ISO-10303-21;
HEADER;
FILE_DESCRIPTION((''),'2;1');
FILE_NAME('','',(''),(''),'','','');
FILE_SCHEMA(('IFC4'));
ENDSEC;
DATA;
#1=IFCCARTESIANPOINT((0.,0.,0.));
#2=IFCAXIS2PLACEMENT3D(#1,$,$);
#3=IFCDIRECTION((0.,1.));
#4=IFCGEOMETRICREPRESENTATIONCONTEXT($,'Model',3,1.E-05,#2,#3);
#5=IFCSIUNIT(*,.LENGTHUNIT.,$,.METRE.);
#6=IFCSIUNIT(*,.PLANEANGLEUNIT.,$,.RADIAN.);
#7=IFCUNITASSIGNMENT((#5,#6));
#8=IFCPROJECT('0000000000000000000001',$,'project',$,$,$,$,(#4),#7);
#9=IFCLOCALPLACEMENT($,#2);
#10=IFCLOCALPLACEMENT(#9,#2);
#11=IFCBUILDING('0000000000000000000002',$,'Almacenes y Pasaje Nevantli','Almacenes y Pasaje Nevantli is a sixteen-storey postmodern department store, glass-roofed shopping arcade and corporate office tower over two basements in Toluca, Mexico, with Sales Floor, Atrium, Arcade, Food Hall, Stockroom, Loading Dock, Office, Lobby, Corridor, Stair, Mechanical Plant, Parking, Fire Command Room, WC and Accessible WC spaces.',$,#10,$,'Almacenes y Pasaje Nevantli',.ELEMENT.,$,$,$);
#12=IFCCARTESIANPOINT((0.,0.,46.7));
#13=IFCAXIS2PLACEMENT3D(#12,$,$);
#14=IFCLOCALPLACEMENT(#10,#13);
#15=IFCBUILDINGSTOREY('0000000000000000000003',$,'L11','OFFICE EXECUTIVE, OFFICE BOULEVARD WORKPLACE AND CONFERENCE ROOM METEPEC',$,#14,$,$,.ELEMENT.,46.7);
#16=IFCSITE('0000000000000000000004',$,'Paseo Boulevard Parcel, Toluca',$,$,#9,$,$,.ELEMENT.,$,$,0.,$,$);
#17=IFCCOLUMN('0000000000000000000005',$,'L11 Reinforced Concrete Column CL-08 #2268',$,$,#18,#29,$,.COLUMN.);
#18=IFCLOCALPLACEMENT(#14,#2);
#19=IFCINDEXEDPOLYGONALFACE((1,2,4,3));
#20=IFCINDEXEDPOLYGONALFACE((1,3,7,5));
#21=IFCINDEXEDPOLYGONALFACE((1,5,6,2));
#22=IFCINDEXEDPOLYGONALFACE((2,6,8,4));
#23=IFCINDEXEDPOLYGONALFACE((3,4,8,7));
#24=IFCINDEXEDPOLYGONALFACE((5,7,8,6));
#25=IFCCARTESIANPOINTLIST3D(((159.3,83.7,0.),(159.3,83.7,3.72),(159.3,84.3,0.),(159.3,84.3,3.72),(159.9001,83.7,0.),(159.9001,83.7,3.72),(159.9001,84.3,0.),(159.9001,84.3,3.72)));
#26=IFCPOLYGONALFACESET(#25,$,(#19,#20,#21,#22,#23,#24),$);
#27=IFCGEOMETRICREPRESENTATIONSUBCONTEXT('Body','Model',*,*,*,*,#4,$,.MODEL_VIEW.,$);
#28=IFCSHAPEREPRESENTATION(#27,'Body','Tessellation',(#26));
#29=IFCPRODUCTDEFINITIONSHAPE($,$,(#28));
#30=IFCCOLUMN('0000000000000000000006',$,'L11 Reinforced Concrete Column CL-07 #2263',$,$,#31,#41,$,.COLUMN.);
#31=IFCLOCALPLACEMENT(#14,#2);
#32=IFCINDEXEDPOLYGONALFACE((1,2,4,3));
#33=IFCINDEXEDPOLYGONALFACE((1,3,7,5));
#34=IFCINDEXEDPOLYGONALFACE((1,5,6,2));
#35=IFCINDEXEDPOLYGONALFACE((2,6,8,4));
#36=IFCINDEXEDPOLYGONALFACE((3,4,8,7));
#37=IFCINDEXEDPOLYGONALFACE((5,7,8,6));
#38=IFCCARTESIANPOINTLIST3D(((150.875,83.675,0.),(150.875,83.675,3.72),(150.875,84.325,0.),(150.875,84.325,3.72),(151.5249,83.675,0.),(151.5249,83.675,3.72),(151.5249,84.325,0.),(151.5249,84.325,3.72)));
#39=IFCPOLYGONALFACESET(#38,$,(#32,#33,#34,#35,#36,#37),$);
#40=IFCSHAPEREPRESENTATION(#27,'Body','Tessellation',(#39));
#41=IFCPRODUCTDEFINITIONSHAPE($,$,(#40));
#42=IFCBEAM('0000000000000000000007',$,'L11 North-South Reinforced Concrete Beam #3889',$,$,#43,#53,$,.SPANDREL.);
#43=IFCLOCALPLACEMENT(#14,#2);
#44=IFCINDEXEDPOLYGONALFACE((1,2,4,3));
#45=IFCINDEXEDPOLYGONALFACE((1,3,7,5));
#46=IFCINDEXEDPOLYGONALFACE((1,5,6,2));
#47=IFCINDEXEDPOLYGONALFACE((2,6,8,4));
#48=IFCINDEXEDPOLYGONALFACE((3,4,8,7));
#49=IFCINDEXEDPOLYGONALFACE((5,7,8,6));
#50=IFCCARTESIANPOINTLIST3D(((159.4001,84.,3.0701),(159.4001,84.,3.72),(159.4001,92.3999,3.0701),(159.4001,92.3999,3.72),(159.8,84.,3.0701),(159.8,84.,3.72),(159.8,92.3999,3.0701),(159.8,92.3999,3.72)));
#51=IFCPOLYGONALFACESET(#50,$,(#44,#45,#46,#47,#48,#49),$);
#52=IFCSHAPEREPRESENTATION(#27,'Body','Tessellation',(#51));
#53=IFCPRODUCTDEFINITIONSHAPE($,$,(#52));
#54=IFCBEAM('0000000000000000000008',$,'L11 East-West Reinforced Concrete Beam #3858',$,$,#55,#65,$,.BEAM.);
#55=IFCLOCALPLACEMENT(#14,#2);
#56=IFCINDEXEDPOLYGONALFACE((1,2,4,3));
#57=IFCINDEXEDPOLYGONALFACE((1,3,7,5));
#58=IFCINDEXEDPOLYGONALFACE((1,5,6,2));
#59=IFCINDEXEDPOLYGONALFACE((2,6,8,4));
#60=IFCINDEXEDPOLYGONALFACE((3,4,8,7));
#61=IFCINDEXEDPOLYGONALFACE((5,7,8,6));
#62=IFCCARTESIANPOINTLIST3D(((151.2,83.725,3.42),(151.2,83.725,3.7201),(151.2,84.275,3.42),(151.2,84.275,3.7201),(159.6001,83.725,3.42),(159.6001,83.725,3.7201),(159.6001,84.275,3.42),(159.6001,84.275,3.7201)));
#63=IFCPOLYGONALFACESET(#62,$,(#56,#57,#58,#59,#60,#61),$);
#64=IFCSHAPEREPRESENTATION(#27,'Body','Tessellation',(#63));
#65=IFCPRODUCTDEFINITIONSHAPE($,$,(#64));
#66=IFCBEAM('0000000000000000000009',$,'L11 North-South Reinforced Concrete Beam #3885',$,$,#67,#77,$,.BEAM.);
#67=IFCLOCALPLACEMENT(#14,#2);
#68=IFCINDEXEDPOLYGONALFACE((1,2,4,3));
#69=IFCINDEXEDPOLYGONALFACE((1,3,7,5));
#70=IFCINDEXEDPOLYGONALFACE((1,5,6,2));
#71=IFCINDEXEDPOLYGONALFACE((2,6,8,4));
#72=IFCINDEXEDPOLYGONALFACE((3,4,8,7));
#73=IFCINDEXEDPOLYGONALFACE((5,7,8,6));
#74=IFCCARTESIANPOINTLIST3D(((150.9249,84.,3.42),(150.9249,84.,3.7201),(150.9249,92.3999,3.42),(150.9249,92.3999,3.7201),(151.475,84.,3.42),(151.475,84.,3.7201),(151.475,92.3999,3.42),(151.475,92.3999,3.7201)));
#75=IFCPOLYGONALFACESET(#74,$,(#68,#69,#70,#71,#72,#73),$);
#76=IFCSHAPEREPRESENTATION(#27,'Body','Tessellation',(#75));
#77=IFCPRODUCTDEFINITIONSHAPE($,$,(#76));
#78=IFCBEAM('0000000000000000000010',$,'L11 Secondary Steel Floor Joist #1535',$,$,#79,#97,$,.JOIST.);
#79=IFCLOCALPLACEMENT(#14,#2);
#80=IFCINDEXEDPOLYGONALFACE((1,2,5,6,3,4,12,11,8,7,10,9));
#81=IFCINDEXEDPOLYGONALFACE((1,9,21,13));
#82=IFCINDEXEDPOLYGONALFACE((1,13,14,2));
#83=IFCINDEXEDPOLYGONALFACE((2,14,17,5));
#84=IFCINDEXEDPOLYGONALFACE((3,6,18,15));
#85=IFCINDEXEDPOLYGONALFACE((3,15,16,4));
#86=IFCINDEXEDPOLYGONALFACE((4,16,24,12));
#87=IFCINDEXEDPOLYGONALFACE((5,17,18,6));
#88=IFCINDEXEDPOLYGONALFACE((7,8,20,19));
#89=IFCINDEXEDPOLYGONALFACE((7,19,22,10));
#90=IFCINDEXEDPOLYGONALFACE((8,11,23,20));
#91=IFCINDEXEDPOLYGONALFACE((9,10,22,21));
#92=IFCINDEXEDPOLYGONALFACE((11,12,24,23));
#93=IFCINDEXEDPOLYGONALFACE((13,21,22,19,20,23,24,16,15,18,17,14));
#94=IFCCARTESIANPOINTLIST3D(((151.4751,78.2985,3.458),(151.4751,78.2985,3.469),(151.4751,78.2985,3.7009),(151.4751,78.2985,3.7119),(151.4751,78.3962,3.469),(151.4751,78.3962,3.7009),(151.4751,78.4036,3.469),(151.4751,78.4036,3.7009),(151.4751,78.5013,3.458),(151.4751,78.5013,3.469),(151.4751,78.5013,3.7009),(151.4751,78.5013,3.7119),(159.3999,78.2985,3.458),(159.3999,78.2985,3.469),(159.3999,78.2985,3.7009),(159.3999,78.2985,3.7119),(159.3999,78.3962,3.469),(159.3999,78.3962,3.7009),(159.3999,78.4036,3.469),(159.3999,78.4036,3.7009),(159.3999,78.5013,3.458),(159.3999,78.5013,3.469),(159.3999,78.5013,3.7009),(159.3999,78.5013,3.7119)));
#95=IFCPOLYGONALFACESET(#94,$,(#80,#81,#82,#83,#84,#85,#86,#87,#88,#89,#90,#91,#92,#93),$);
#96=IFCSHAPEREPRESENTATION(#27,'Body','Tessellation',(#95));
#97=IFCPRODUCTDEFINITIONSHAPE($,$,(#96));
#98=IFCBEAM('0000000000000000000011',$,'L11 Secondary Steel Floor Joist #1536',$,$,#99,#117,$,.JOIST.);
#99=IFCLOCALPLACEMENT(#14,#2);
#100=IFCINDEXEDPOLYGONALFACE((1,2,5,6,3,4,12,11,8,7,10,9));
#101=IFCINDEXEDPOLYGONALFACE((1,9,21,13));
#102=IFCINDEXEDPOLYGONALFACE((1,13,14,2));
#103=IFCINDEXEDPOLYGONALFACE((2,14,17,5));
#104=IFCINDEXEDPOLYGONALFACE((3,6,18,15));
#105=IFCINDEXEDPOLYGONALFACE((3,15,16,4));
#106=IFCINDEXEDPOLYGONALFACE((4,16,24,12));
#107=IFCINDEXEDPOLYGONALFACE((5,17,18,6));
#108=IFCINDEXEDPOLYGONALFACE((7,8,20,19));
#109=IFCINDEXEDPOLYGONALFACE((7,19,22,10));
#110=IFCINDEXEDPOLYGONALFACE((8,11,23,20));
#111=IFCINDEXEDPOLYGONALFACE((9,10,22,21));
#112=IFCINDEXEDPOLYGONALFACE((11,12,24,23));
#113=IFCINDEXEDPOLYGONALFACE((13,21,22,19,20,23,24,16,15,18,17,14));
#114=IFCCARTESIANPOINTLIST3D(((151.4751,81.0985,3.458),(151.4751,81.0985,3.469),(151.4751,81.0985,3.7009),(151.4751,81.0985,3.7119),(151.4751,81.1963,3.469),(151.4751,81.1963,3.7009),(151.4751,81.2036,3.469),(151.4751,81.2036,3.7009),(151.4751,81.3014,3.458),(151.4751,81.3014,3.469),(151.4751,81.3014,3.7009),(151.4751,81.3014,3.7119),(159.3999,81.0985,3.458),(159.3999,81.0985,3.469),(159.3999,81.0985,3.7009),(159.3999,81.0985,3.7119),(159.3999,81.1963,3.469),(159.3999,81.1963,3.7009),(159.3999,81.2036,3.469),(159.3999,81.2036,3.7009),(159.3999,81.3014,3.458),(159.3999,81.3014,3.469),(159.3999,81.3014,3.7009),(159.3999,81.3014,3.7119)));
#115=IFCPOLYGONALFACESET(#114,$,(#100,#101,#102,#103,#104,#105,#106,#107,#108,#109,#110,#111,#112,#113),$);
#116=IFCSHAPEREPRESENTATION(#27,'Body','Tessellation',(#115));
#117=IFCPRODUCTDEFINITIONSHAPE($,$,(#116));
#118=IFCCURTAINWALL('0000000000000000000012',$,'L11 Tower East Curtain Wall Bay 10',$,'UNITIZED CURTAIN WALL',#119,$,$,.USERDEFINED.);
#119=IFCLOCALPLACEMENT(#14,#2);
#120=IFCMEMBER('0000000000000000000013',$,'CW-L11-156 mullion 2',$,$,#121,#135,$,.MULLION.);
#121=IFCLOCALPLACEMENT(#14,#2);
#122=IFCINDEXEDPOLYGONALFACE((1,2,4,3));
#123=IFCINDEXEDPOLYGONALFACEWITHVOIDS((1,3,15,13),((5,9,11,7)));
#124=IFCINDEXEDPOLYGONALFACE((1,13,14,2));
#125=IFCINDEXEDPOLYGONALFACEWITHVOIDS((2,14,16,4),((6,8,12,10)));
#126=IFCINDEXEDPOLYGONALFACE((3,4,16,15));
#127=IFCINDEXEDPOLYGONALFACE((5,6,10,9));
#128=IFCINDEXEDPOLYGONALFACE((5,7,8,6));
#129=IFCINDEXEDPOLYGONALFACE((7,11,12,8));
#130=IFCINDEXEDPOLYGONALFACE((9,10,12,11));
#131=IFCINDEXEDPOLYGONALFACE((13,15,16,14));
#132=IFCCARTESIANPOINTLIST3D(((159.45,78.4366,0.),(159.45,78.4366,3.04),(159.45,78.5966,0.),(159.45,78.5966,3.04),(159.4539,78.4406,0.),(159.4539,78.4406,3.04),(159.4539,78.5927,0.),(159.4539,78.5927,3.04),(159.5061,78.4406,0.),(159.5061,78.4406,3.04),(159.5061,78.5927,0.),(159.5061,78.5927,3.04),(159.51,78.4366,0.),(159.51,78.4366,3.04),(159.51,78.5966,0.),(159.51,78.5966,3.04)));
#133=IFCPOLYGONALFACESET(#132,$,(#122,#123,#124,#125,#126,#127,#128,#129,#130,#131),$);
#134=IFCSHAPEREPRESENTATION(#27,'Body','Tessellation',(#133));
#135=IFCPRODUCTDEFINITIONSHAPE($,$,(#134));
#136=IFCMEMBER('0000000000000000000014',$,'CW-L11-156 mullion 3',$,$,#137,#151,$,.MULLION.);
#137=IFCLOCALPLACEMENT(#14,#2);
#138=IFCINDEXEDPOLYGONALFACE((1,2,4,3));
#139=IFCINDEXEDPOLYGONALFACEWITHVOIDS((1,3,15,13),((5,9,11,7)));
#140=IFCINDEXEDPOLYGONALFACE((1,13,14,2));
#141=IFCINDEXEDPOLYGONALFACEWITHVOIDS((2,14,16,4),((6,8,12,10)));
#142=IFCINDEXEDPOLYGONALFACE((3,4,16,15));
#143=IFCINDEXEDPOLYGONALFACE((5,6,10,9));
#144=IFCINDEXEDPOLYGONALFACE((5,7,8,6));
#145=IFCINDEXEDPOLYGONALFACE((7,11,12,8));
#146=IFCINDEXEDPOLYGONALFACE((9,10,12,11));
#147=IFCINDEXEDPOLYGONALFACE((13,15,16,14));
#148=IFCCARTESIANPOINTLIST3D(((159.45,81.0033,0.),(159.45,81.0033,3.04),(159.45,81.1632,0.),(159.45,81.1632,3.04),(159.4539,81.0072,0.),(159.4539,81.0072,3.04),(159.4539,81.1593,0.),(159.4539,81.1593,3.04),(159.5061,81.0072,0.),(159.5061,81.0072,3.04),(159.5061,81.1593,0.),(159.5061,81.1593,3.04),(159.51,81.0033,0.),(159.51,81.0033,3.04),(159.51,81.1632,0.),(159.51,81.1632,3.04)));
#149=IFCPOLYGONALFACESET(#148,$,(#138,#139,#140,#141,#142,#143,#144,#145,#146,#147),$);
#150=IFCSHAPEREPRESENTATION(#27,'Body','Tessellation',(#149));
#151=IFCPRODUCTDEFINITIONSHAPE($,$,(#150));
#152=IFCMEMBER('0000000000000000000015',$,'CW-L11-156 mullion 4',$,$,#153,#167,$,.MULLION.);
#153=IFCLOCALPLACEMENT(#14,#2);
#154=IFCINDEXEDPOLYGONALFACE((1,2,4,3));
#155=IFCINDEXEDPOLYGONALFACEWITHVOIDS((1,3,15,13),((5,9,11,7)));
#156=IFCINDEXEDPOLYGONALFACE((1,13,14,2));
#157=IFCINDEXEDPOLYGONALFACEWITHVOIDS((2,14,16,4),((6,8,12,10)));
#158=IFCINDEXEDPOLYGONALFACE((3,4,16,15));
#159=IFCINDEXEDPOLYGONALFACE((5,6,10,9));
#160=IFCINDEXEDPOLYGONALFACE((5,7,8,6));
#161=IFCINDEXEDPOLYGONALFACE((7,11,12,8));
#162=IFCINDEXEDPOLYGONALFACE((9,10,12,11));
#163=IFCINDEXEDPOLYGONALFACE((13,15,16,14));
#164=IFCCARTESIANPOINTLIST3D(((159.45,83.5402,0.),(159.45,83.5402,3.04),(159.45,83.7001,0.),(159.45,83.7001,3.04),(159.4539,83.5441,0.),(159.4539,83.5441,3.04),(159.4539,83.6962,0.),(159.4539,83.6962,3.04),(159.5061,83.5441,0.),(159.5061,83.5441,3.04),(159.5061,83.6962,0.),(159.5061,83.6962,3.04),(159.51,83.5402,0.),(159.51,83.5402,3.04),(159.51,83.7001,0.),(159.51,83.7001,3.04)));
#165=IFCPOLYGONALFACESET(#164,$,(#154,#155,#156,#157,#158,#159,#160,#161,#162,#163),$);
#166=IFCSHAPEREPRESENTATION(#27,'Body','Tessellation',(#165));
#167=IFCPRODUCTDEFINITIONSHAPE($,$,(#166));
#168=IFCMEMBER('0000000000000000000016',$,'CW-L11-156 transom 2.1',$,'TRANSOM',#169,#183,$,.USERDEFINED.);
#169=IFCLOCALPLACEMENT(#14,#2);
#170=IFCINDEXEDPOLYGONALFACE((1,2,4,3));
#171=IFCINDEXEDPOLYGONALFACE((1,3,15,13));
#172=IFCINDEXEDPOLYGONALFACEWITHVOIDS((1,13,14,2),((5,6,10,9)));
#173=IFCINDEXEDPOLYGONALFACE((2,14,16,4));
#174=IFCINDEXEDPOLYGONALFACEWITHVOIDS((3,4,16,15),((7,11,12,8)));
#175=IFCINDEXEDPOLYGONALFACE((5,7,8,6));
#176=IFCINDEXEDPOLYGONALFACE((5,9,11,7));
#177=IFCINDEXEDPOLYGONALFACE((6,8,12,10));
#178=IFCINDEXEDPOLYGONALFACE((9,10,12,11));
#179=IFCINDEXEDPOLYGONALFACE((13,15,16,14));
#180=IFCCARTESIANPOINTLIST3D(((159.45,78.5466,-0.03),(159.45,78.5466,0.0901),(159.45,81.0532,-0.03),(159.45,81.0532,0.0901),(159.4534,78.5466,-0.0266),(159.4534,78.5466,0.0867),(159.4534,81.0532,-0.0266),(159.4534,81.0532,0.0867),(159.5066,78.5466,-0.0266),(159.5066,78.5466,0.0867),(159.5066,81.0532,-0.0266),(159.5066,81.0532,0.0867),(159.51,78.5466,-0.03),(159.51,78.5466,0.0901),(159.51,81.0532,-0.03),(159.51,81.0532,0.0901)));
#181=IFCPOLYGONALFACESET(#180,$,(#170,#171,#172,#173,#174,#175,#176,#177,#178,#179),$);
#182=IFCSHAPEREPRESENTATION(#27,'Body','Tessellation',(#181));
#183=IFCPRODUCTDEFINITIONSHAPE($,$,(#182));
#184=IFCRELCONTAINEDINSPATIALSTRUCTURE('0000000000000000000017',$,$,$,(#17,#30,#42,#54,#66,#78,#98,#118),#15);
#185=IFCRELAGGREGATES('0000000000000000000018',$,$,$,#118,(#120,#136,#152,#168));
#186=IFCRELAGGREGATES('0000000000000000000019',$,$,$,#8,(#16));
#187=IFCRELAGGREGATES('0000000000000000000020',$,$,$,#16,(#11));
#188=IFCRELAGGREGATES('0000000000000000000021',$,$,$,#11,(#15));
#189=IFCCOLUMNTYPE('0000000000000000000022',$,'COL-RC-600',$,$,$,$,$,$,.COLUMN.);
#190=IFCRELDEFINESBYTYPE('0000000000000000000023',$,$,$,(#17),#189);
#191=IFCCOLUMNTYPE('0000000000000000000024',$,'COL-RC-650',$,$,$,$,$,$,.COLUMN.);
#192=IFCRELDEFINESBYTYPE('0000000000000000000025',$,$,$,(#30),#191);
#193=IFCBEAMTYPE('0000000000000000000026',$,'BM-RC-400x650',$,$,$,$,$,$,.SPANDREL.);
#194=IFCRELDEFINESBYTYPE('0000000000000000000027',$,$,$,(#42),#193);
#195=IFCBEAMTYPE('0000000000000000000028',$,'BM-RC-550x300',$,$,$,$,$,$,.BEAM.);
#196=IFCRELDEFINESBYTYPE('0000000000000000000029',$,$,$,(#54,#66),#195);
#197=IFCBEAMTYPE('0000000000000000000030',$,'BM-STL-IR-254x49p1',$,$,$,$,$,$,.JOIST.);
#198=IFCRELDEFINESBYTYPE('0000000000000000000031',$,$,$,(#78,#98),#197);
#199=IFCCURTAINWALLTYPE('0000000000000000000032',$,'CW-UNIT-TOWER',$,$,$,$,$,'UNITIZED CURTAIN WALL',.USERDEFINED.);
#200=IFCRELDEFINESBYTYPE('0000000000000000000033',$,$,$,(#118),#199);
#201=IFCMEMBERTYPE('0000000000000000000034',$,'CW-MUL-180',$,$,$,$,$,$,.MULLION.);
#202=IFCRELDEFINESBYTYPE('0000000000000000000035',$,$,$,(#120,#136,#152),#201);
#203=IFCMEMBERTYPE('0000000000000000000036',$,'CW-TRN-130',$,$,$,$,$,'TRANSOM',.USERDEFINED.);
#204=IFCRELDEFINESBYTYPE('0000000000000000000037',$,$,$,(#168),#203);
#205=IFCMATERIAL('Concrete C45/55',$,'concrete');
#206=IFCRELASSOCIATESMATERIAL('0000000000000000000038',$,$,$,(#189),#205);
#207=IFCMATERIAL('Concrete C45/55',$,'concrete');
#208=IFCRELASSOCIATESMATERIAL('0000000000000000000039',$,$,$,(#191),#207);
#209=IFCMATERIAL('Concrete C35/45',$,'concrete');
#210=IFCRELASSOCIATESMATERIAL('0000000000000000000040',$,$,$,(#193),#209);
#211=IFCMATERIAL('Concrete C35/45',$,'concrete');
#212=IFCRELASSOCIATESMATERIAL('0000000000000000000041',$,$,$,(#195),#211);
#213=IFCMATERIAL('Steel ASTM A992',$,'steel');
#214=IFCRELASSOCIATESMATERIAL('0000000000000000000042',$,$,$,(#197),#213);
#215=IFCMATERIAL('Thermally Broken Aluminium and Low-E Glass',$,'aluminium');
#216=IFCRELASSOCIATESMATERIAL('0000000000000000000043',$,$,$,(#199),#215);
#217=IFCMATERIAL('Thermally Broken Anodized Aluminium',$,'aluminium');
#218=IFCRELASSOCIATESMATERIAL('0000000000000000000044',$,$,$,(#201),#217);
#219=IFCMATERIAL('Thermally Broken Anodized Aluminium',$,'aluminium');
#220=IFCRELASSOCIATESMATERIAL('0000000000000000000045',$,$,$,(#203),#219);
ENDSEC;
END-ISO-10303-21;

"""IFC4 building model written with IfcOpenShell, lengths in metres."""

from ifc_helpers import new_model, si_unit, direction, frame, origin, origin_2d, place, context, subcontext, project, spatial, rectangle, hollow_rectangle, i_section, extrude, material, material_profile, profile_set, type_object, element, aggregate, save


model = new_model("IFC4")

# Units and contexts
model_context = context("Model", 3, precision=1e-05, world=origin(), true_north=direction((0.0, 1.0)))
body_context = subcontext(model_context, "Body", "Model", "MODEL_VIEW")
ifc_project = project(units=[si_unit("LENGTHUNIT", "METRE"), si_unit("PLANEANGLEUNIT", "RADIAN")], contexts=[model_context])

# Site, building, storey
site_placement = place(None, origin())
site = spatial("IfcSite", under=ifc_project, at=site_placement, Name="Paseo Boulevard Parcel, Toluca", CompositionType="ELEMENT", RefElevation=0.0)
building_placement = place(site_placement, origin())
building = spatial("IfcBuilding", under=site, at=building_placement, Name="Almacenes y Pasaje Nevantli", Description="Almacenes y Pasaje Nevantli is a sixteen-storey postmodern department store, glass-roofed shopping arcade and corporate office tower over two basements in Toluca, Mexico, with Sales Floor, Atrium, Arcade, Food Hall, Stockroom, Loading Dock, Office, Lobby, Corridor, Stair, Mechanical Plant, Parking, Fire Command Room, WC and Accessible WC spaces.", LongName="Almacenes y Pasaje Nevantli", CompositionType="ELEMENT")
storey_placement = place(building_placement, frame((0.0, 0.0, 46.7)))
storey = spatial("IfcBuildingStorey", under=building, at=storey_placement, Name="L11", Description="OFFICE EXECUTIVE, OFFICE BOULEVARD WORKPLACE AND CONFERENCE ROOM METEPEC", CompositionType="ELEMENT", Elevation=46.7)

# Columns
ifc_material_1 = material(Name="Concrete C45/55", Category="concrete")
ifc_material_profile_1 = material_profile(ifc_material_1, rectangle(XDim=0.6001, YDim=0.6001, at=origin_2d()), Name="RC-COL-600x600")
ifc_profile_set_1 = profile_set([ifc_material_profile_1], Name="Concrete C45/55")
column_type_1 = type_object("IfcColumnType", Name="COL-RC-600", PredefinedType="COLUMN", material=ifc_profile_set_1)
column_1_placement = place(storey_placement, frame((159.6001, 84.0, 0.0), z_axis=(0.0, 0.0, 1.0), x_axis=(1.0, 0.0, 0.0)))
element("IfcColumn", 1, at=column_1_placement, inside=storey, type_object=column_type_1, Name="L11 Reinforced Concrete Column CL-08 #2268", PredefinedType="COLUMN", context=body_context, shape_type="SweptSolid", body=[
    extrude(rectangle(XDim=0.6001, YDim=0.6001, at=origin_2d()), origin(), (0.0, 0.0, 1.0), 3.72),
])
ifc_material_2 = material(Name="Concrete C45/55", Category="concrete")
ifc_material_profile_2 = material_profile(ifc_material_2, rectangle(XDim=0.6499, YDim=0.6499, at=origin_2d()), Name="RC-COL-650x650")
ifc_profile_set_2 = profile_set([ifc_material_profile_2], Name="Concrete C45/55")
column_type_2 = type_object("IfcColumnType", Name="COL-RC-650", PredefinedType="COLUMN", material=ifc_profile_set_2)
column_2_placement = place(storey_placement, frame((151.2, 84.0, 0.0), z_axis=(0.0, 0.0, 1.0), x_axis=(1.0, 0.0, 0.0)))
element("IfcColumn", 2, at=column_2_placement, inside=storey, type_object=column_type_2, Name="L11 Reinforced Concrete Column CL-07 #2263", PredefinedType="COLUMN", context=body_context, shape_type="SweptSolid", body=[
    extrude(rectangle(XDim=0.6499, YDim=0.6499, at=origin_2d()), origin(), (0.0, 0.0, 1.0), 3.72),
])

# Beams
ifc_material_3 = material(Name="Concrete C35/45", Category="concrete")
ifc_material_profile_3 = material_profile(ifc_material_3, rectangle(XDim=0.3999, YDim=0.6499, at=origin_2d()), Name="RC-BM-400x650")
ifc_profile_set_3 = profile_set([ifc_material_profile_3], Name="Concrete C35/45")
beam_type_1 = type_object("IfcBeamType", Name="BM-RC-400x650", PredefinedType="SPANDREL", material=ifc_profile_set_3)
beam_1_placement = place(storey_placement, frame((159.6001, 84.0, 3.395), z_axis=(0.0, 1.0, 0.0), x_axis=(-1.0, 0.0, 0.0)))
element("IfcBeam", 3, at=beam_1_placement, inside=storey, type_object=beam_type_1, Name="L11 North-South Reinforced Concrete Beam #3889", PredefinedType="SPANDREL", context=body_context, shape_type="SweptSolid", body=[
    extrude(rectangle(XDim=0.3999, YDim=0.6499, at=origin_2d()), origin(), (0.0, 0.0, 1.0), 8.3999),
])
ifc_material_4 = material(Name="Concrete C35/45", Category="concrete")
ifc_material_profile_4 = material_profile(ifc_material_4, rectangle(XDim=0.55, YDim=0.3, at=origin_2d()), Name="RC-BM-550x300")
ifc_profile_set_4 = profile_set([ifc_material_profile_4], Name="Concrete C35/45")
beam_type_2 = type_object("IfcBeamType", Name="BM-RC-550x300", PredefinedType="BEAM", material=ifc_profile_set_4)
beam_2_placement = place(storey_placement, frame((151.2, 84.0, 3.5701), z_axis=(1.0, 0.0, 0.0), x_axis=(0.0, 1.0, 0.0)))
element("IfcBeam", 4, at=beam_2_placement, inside=storey, type_object=beam_type_2, Name="L11 East-West Reinforced Concrete Beam #3858", PredefinedType="BEAM", context=body_context, shape_type="SweptSolid", body=[
    extrude(rectangle(XDim=0.55, YDim=0.3, at=origin_2d()), origin(), (0.0, 0.0, 1.0), 8.4001),
])
beam_3_placement = place(storey_placement, frame((151.2, 84.0, 3.5701), z_axis=(0.0, 1.0, 0.0), x_axis=(-1.0, 0.0, 0.0)))
element("IfcBeam", 5, at=beam_3_placement, inside=storey, type_object=beam_type_2, Name="L11 North-South Reinforced Concrete Beam #3885", PredefinedType="BEAM", context=body_context, shape_type="SweptSolid", body=[
    extrude(rectangle(XDim=0.55, YDim=0.3, at=origin_2d()), origin(), (0.0, 0.0, 1.0), 8.3999),
])
ifc_material_5 = material(Name="Steel ASTM A992", Category="steel")
ifc_material_profile_5 = material_profile(ifc_material_5, i_section(OverallWidth=0.2029, OverallDepth=0.2539, WebThickness=0.0073, FlangeThickness=0.011, at=origin_2d()), Name="IR 254x49.1")
ifc_profile_set_5 = profile_set([ifc_material_profile_5], Name="Steel ASTM A992")
beam_type_3 = type_object("IfcBeamType", Name="BM-STL-IR-254x49p1", PredefinedType="JOIST", material=ifc_profile_set_5)
for number, where, z_axis, x_axis, name in (
    (6, (151.4751, 78.3999, 3.585), (1.0, 0.0, 0.0), (0.0, 1.0, 0.0), "L11 Secondary Steel Floor Joist #1535"),
    (7, (151.4751, 81.2, 3.585), (1.0, 0.0, 0.0), (0.0, 1.0, 0.0), "L11 Secondary Steel Floor Joist #1536"),
):
    element("IfcBeam", number, at=place(storey_placement, frame(where, z_axis=z_axis, x_axis=x_axis)), inside=storey, type_object=beam_type_3, Name=name, PredefinedType="JOIST", context=body_context, shape_type="SweptSolid", body=[
        extrude(i_section(OverallWidth=0.2029, OverallDepth=0.2539, WebThickness=0.0073, FlangeThickness=0.011, at=origin_2d()), origin(), (0.0, 0.0, 1.0), 7.9248),
    ])

# Curtain wall, members
ifc_material_6 = material(Name="Thermally Broken Aluminium and Low-E Glass", Category="aluminium")
curtain_wall_type = type_object("IfcCurtainWallType", Name="CW-UNIT-TOWER", ElementType="UNITIZED CURTAIN WALL", PredefinedType="USERDEFINED", material=ifc_material_6)
curtain_wall_placement = place(storey_placement, origin())
curtain_wall = element("IfcCurtainWall", 8, at=curtain_wall_placement, inside=storey, type_object=curtain_wall_type, Name="L11 Tower East Curtain Wall Bay 10", ObjectType="UNITIZED CURTAIN WALL", PredefinedType="USERDEFINED")
ifc_material_7 = material(Name="Thermally Broken Anodized Aluminium", Category="aluminium")
ifc_material_profile_6 = material_profile(ifc_material_7, hollow_rectangle(XDim=0.0601, YDim=0.1599, WallThickness=0.0039, at=origin_2d()), Name="ALU-MUL-60x160")
ifc_profile_set_6 = profile_set([ifc_material_profile_6], Name="Thermally Broken Anodized Aluminium")
member_type_1 = type_object("IfcMemberType", Name="CW-MUL-180", PredefinedType="MULLION", material=ifc_profile_set_6)
member_1_placement = place(storey_placement, frame((159.48, 78.5166, 0.0), z_axis=(0.0, 0.0, 1.0), x_axis=(-1.0, 0.0, 0.0)))
member_1 = element("IfcMember", 9, at=member_1_placement, type_object=member_type_1, Name="CW-L11-156 mullion 2", PredefinedType="MULLION", context=body_context, shape_type="SweptSolid", body=[
    extrude(hollow_rectangle(XDim=0.0601, YDim=0.1599, WallThickness=0.0039, at=origin_2d()), origin(), (0.0, 0.0, 1.0), 3.04),
])
member_2_placement = place(storey_placement, frame((159.48, 81.0833, 0.0), z_axis=(0.0, 0.0, 1.0), x_axis=(-1.0, 0.0, 0.0)))
member_2 = element("IfcMember", 10, at=member_2_placement, type_object=member_type_1, Name="CW-L11-156 mullion 3", PredefinedType="MULLION", context=body_context, shape_type="SweptSolid", body=[
    extrude(hollow_rectangle(XDim=0.0601, YDim=0.1599, WallThickness=0.0039, at=origin_2d()), origin(), (0.0, 0.0, 1.0), 3.04),
])
member_3_placement = place(storey_placement, frame((159.48, 83.6201, 0.0), z_axis=(0.0, 0.0, 1.0), x_axis=(-1.0, 0.0, 0.0)))
member_3 = element("IfcMember", 11, at=member_3_placement, type_object=member_type_1, Name="CW-L11-156 mullion 4", PredefinedType="MULLION", context=body_context, shape_type="SweptSolid", body=[
    extrude(hollow_rectangle(XDim=0.0601, YDim=0.1599, WallThickness=0.0039, at=origin_2d()), origin(), (0.0, 0.0, 1.0), 3.04),
])
ifc_material_8 = material(Name="Thermally Broken Anodized Aluminium", Category="aluminium")
ifc_material_profile_7 = material_profile(ifc_material_8, hollow_rectangle(XDim=0.0601, YDim=0.1201, WallThickness=0.0034, at=origin_2d()), Name="ALU-TRN-60x120")
ifc_profile_set_7 = profile_set([ifc_material_profile_7], Name="Thermally Broken Anodized Aluminium")
member_type_2 = type_object("IfcMemberType", Name="CW-TRN-130", ElementType="TRANSOM", PredefinedType="USERDEFINED", material=ifc_profile_set_7)
member_4_placement = place(storey_placement, frame((159.48, 78.5466, 0.03), z_axis=(0.0, 1.0, 0.0), x_axis=(-1.0, 0.0, 0.0)))
member_4 = element("IfcMember", 12, at=member_4_placement, type_object=member_type_2, Name="CW-L11-156 transom 2.1", ObjectType="TRANSOM", PredefinedType="USERDEFINED", context=body_context, shape_type="SweptSolid", body=[
    extrude(hollow_rectangle(XDim=0.0601, YDim=0.1201, WallThickness=0.0034, at=origin_2d()), origin(), (0.0, 0.0, 1.0), 2.5066),
])
aggregate(curtain_wall, [member_1, member_2, member_3, member_4])

save(model, "model.ifc")
